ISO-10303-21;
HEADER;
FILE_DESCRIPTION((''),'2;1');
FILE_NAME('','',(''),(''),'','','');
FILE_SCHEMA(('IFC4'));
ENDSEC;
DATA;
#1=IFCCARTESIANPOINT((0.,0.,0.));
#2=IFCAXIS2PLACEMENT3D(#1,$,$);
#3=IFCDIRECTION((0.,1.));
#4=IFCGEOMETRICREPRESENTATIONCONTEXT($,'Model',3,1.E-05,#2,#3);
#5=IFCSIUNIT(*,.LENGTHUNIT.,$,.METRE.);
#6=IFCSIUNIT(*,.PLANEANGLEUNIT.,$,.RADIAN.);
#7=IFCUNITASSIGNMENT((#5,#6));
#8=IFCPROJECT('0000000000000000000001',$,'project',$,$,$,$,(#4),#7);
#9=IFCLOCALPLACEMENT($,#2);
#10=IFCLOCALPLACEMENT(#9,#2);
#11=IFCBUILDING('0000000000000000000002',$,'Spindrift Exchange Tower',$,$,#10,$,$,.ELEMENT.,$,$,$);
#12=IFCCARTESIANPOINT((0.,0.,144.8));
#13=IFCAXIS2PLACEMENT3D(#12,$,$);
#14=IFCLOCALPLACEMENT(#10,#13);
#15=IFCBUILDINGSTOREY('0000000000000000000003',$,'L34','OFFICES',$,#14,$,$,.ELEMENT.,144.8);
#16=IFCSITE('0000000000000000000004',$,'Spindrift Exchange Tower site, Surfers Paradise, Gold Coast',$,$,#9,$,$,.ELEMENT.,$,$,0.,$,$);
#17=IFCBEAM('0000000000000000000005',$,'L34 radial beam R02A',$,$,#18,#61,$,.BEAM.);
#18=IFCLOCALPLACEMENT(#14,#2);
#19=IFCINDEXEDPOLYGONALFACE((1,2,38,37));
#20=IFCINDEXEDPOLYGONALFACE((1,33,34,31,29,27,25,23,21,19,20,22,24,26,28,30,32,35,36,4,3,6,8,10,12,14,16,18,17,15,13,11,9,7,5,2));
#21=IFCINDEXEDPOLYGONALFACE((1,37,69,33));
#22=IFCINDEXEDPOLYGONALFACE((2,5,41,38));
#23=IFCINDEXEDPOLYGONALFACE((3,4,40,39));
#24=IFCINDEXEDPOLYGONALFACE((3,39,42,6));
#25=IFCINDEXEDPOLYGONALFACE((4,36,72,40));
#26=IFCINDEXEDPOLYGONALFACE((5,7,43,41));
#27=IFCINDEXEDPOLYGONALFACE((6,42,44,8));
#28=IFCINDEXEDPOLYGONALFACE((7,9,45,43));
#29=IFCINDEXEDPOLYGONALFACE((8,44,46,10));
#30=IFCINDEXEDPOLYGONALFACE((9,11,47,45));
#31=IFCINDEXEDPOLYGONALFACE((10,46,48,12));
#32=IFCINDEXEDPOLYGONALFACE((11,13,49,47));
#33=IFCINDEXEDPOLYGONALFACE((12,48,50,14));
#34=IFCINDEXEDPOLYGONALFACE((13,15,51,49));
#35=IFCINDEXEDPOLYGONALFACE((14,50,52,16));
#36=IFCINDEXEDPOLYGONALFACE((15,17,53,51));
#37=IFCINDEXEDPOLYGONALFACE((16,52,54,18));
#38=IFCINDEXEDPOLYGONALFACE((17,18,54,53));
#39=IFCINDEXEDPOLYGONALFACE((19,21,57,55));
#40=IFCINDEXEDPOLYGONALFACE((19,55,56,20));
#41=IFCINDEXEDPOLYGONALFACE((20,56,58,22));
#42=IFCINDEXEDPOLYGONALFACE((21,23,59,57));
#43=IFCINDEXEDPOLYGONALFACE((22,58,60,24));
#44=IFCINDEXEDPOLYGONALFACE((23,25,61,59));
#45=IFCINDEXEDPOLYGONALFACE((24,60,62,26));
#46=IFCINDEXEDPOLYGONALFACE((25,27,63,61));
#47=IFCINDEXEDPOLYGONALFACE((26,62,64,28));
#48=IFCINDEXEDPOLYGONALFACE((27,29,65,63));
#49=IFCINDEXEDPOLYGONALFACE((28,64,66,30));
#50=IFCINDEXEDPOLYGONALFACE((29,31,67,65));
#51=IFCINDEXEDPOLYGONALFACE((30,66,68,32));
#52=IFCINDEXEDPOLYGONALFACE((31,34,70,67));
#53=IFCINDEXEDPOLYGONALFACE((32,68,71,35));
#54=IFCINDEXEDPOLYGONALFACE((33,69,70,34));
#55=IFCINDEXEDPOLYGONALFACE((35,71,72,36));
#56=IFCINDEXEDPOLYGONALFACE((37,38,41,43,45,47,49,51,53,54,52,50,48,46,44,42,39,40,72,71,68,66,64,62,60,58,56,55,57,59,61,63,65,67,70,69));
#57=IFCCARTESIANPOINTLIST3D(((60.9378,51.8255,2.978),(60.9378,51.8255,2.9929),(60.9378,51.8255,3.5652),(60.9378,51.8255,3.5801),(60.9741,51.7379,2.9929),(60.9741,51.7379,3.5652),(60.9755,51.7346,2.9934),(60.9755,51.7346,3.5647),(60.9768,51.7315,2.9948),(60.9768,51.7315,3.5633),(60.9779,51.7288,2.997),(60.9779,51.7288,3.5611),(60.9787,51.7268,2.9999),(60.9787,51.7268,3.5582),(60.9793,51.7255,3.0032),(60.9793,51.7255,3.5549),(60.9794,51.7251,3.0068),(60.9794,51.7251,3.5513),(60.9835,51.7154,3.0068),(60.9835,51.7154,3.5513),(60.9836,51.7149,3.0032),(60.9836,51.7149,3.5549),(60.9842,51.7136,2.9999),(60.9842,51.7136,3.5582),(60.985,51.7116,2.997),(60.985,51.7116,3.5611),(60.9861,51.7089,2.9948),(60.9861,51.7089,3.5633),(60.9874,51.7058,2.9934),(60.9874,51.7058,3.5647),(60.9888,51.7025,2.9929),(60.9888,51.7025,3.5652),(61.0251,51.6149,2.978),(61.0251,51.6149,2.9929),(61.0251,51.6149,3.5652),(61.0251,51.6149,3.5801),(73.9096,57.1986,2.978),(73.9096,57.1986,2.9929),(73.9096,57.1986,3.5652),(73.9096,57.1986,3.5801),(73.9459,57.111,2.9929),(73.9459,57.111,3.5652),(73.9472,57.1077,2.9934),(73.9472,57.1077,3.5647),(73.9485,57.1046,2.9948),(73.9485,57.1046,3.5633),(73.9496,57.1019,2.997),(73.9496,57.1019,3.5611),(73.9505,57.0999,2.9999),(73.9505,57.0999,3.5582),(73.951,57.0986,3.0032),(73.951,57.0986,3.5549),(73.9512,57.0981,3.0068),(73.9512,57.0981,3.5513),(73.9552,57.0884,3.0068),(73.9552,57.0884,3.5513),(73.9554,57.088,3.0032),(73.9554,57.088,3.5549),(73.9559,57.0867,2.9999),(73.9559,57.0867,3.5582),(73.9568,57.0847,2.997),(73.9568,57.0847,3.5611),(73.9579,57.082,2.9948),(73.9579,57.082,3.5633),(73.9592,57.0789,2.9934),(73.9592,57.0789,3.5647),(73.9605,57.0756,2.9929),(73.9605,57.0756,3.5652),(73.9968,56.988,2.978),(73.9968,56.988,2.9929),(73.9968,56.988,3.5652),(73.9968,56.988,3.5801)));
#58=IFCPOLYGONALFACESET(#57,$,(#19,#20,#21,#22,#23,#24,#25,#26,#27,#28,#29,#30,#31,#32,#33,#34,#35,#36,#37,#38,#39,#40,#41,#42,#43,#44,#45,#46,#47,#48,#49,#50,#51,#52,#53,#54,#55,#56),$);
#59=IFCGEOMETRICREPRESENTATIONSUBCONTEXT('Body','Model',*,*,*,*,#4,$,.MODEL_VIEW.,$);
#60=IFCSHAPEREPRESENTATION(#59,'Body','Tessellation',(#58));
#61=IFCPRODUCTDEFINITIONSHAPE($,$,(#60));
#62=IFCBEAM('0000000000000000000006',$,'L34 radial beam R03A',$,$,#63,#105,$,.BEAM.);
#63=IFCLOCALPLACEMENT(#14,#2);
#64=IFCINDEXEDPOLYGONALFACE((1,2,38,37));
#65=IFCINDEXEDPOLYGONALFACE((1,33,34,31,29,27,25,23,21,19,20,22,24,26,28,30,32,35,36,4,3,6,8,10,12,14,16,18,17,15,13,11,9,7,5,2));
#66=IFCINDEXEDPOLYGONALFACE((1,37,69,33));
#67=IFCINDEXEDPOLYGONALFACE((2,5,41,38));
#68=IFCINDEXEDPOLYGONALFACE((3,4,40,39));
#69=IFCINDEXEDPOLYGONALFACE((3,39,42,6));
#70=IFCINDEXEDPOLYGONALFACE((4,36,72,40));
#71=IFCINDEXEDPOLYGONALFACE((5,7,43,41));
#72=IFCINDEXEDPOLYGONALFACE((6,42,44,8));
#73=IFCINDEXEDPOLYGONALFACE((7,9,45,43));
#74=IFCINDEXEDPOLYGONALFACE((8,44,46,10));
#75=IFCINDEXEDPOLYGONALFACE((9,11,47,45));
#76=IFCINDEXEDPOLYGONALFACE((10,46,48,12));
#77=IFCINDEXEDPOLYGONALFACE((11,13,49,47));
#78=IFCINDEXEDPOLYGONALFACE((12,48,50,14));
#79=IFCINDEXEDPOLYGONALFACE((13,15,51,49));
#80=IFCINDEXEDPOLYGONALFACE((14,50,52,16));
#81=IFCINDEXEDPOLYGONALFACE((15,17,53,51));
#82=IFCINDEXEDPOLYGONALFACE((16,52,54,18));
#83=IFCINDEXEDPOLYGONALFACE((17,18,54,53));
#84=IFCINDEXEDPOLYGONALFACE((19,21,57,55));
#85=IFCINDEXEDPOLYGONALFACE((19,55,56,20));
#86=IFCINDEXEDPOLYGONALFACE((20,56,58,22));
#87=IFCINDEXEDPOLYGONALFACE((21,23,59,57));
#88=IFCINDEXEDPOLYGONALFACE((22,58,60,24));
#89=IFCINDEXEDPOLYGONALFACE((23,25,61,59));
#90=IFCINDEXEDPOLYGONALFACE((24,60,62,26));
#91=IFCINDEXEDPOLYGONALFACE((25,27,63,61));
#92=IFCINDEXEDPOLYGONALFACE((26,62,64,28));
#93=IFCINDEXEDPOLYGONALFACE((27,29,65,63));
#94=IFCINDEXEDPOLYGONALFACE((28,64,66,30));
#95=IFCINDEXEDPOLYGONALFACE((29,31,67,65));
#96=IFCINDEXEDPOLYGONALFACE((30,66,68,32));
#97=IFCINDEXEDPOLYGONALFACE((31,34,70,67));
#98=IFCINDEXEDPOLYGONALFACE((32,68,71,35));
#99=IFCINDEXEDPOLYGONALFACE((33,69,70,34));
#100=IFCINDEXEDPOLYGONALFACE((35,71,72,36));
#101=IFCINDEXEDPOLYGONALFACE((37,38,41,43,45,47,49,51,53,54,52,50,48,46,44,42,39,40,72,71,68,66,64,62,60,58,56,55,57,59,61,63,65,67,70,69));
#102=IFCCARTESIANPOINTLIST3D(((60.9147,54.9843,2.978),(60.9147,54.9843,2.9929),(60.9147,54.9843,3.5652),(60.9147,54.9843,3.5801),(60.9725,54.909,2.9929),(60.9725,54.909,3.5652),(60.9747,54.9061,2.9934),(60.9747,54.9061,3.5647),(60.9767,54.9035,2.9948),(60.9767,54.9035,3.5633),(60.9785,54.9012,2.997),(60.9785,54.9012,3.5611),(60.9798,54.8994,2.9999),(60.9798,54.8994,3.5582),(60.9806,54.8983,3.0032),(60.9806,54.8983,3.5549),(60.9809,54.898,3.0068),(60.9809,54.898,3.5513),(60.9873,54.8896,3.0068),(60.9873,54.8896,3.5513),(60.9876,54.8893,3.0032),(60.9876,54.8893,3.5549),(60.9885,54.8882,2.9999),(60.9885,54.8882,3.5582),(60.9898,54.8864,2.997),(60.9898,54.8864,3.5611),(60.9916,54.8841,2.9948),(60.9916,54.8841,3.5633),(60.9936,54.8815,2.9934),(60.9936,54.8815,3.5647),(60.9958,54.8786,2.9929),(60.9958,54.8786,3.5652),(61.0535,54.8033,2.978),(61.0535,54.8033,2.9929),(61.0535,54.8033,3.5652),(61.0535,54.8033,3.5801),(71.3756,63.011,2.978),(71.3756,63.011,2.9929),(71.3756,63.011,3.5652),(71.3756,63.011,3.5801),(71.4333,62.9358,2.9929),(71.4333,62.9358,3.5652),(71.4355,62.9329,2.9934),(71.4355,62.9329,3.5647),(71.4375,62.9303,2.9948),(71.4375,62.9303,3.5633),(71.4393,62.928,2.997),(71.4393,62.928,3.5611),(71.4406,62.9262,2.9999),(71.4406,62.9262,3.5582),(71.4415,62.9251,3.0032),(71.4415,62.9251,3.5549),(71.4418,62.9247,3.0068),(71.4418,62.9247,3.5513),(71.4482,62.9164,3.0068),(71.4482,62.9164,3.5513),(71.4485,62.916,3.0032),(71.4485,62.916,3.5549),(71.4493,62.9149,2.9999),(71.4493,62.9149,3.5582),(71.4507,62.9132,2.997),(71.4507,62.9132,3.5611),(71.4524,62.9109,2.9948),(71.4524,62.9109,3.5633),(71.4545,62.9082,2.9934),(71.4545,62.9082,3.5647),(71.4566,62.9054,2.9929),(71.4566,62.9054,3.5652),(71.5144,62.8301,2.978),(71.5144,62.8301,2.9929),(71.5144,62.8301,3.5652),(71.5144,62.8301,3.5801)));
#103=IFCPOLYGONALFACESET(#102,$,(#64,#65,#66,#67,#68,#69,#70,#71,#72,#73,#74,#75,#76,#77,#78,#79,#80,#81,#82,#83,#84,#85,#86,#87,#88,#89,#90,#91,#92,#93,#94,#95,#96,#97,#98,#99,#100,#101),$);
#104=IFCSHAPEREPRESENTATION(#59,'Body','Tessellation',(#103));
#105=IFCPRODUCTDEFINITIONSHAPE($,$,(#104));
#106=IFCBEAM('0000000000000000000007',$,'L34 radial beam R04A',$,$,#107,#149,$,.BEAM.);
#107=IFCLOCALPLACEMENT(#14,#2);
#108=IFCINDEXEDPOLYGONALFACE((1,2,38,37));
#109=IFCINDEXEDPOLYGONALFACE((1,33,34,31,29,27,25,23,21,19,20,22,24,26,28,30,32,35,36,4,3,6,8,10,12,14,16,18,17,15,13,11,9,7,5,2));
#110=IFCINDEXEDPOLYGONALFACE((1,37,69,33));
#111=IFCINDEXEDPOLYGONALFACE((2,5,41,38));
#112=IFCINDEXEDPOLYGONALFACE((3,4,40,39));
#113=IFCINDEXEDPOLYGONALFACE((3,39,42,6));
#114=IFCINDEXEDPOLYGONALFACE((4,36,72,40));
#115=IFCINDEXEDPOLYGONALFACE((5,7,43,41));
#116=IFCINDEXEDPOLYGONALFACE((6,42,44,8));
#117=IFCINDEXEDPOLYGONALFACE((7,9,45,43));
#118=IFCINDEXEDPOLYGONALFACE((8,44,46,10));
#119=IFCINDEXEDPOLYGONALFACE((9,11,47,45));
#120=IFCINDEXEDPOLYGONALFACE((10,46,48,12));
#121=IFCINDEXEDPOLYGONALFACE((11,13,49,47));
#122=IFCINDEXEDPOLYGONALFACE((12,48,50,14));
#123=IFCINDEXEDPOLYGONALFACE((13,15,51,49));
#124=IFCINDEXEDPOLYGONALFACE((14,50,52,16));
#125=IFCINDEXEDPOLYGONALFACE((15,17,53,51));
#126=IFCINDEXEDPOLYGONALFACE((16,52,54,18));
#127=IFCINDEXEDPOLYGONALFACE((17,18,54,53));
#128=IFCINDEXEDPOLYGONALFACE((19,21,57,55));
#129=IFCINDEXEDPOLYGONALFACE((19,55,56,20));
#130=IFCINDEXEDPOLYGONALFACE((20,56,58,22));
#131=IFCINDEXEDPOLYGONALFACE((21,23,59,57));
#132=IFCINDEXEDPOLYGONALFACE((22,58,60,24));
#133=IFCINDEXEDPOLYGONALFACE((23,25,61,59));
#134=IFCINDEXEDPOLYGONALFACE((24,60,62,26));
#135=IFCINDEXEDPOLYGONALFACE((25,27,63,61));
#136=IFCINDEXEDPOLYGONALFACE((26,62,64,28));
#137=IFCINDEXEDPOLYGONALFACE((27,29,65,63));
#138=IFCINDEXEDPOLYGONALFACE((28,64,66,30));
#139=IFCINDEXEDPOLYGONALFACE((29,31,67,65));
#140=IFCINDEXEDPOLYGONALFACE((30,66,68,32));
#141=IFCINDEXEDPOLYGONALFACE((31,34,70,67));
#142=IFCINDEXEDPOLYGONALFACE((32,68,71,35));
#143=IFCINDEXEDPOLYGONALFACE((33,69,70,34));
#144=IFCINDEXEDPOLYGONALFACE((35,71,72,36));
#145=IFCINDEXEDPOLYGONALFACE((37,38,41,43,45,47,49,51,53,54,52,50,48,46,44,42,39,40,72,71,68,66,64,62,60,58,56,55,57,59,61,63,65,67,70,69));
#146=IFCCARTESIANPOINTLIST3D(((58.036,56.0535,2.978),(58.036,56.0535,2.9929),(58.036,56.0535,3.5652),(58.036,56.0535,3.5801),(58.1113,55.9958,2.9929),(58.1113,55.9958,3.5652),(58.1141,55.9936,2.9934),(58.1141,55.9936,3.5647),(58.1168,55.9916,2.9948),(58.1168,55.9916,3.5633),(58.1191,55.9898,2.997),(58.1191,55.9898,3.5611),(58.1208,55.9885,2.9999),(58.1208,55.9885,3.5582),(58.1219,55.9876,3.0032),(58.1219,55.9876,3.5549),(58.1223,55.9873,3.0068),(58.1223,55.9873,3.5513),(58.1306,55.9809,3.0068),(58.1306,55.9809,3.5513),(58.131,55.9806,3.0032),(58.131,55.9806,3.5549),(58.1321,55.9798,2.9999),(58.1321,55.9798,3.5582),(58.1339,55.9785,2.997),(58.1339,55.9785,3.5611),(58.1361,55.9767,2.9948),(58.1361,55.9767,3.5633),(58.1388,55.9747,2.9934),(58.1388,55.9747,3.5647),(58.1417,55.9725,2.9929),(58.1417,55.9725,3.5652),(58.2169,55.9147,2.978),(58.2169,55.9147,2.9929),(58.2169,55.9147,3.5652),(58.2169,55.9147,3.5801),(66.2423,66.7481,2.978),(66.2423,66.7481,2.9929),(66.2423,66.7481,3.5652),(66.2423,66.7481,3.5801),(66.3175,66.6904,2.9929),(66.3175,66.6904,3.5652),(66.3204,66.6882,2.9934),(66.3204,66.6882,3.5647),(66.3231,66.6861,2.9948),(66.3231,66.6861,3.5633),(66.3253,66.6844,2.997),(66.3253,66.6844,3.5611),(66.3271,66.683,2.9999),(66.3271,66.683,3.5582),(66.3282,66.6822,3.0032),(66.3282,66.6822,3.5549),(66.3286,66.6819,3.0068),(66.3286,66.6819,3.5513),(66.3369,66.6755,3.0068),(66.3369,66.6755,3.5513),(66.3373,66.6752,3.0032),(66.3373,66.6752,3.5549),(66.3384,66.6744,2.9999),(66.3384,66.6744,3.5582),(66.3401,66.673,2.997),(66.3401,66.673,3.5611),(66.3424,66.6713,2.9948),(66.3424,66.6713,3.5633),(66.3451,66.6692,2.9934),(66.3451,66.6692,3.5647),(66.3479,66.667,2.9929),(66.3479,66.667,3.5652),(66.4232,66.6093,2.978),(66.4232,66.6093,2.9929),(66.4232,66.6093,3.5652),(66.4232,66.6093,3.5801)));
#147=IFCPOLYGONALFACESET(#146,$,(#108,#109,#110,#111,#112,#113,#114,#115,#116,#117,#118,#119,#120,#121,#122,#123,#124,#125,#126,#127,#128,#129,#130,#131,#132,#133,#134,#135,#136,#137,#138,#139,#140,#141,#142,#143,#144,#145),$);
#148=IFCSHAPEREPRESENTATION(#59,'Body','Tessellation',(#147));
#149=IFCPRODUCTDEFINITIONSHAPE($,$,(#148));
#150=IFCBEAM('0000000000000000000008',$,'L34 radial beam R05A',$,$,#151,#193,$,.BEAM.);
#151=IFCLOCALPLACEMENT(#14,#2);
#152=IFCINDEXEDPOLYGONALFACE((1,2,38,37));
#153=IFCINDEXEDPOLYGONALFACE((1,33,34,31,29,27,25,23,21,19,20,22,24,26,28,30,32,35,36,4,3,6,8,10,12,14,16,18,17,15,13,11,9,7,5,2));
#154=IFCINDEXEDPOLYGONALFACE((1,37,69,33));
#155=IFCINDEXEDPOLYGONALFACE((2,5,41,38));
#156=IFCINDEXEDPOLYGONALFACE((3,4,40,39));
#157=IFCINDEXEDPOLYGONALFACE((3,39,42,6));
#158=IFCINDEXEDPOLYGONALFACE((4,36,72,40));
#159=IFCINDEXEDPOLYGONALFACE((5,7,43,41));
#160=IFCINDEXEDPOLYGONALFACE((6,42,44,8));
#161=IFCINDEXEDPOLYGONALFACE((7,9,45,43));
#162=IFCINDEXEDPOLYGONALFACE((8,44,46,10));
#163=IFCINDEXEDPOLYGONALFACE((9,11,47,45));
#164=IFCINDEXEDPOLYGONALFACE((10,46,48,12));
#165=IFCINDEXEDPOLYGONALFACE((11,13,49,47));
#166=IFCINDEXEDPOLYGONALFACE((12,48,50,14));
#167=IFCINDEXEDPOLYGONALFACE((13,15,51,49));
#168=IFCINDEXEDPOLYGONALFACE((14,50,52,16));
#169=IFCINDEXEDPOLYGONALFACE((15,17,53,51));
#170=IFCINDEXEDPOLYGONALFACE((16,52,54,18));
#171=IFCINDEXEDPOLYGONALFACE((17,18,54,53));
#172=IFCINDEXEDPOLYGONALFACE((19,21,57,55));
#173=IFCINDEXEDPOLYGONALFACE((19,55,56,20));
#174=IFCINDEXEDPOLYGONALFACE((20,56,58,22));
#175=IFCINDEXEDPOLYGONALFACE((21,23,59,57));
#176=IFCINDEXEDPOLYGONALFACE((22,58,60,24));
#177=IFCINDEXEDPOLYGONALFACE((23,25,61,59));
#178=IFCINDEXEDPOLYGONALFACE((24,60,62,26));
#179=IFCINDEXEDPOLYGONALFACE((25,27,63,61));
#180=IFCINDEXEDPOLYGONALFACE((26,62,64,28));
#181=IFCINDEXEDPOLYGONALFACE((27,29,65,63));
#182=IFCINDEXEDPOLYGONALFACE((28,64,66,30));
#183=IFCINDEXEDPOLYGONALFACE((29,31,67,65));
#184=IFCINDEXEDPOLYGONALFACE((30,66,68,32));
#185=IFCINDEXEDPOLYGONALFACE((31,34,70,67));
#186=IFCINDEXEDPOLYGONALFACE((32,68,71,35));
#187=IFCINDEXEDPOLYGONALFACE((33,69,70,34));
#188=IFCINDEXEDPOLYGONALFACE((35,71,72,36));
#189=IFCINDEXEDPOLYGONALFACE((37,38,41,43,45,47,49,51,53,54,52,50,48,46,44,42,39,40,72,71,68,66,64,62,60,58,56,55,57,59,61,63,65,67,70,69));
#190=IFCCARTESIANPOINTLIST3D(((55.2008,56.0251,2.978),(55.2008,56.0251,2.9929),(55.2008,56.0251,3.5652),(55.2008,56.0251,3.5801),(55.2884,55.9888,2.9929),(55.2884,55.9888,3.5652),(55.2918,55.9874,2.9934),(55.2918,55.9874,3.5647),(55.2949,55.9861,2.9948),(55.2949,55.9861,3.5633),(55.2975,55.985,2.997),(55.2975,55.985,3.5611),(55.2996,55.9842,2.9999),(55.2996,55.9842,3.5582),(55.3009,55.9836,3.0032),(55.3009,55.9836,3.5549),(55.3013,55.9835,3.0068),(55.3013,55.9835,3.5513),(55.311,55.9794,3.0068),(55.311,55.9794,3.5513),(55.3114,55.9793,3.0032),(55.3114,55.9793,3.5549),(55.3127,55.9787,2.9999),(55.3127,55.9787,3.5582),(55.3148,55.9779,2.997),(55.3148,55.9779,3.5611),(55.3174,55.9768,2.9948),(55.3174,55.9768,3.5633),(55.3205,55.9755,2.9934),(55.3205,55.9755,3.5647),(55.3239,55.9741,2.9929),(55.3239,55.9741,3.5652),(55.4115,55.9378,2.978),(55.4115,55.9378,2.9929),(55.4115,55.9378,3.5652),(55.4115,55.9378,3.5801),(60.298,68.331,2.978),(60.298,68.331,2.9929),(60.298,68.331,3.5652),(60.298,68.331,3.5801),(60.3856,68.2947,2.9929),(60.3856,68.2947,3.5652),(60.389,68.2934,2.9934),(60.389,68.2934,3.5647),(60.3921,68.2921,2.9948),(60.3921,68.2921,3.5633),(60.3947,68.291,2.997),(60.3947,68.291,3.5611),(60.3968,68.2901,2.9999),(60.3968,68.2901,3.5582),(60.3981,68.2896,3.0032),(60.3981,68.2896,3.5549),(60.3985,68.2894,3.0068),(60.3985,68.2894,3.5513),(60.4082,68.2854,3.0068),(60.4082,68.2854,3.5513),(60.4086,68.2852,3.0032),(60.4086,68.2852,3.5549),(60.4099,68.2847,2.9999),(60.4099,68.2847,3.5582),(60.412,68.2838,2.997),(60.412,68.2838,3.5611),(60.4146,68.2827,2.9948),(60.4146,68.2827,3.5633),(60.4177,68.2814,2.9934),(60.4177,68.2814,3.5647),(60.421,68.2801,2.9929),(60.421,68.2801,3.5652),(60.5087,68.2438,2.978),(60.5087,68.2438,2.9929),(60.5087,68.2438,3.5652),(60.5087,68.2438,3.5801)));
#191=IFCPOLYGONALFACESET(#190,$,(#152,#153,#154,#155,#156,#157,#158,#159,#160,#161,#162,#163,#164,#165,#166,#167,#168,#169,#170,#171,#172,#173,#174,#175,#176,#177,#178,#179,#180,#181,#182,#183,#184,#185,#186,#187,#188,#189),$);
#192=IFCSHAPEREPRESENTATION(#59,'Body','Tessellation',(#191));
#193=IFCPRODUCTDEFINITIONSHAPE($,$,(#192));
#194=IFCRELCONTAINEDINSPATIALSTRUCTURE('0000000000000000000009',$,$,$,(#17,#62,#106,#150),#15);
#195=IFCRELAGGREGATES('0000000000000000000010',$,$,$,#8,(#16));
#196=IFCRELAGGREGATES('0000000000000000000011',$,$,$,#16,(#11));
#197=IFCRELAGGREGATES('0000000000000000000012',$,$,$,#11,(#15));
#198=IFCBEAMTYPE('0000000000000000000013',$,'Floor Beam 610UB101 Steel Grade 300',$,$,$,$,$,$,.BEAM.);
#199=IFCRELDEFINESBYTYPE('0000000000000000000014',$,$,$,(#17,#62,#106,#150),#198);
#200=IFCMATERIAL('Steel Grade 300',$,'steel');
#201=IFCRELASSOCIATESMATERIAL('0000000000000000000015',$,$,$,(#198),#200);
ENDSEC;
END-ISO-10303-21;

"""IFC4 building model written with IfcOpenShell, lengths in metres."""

from ifc_helpers import new_model, si_unit, direction, frame, origin, origin_2d, place, context, subcontext, project, spatial, i_section, extrude, source, transform, mapped, material, material_profile, profile_set, type_object, element, save


model = new_model("IFC4")

# Units and contexts
model_context = context("Model", 3, precision=1e-05, world=origin(), true_north=direction((0.0, 1.0)))
body_context = subcontext(model_context, "Body", "Model", "MODEL_VIEW")
ifc_project = project(units=[si_unit("LENGTHUNIT", "METRE"), si_unit("PLANEANGLEUNIT", "RADIAN")], contexts=[model_context])

# Site, building, storey
site_placement = place(None, origin())
site = spatial("IfcSite", under=ifc_project, at=site_placement, Name="Spindrift Exchange Tower site, Surfers Paradise, Gold Coast", CompositionType="ELEMENT", RefElevation=0.0)
building_placement = place(site_placement, origin())
building = spatial("IfcBuilding", under=site, at=building_placement, Name="Spindrift Exchange Tower", CompositionType="ELEMENT")
storey_placement = place(building_placement, frame((0.0, 0.0, 144.8)))
storey = spatial("IfcBuildingStorey", under=building, at=storey_placement, Name="L34", Description="OFFICES", CompositionType="ELEMENT", Elevation=144.8)

# Beams
ifc_material_1 = material(Name="Steel Grade 300", Category="steel")
ifc_material_profile = material_profile(ifc_material_1, i_section(OverallWidth=0.228, OverallDepth=0.6021, WebThickness=0.0105, FlangeThickness=0.0149, FilletRadius=0.0139, at=origin_2d()), Name="610UB101")
ifc_profile_set = profile_set([ifc_material_profile], Name="Steel Grade 300")
beam_type = type_object("IfcBeamType", Name="Floor Beam 610UB101 Steel Grade 300", PredefinedType="BEAM", material=ifc_profile_set)
shared_shape_1 = source(origin(), body_context, "Body", "SweptSolid", [
    extrude(i_section(OverallWidth=0.228, OverallDepth=0.6021, WebThickness=0.0105, FlangeThickness=0.0149, FilletRadius=0.0139, at=origin_2d()), origin(), (0.0, 0.0, 1.0), 14.0405),
])
beam_1_placement = place(storey_placement, frame((60.9814, 51.7202, 3.2791), z_axis=(0.92388, 0.382684, 0.0), x_axis=(-0.382684, 0.92388, 0.0)))
element("IfcBeam", 1, at=beam_1_placement, inside=storey, type_object=beam_type, Name="L34 radial beam R02A", PredefinedType="BEAM", context=body_context, shape_type="MappedRepresentation", body=[
    mapped(shared_shape_1, transform((0.0, 0.0, 0.0), scale=1.0)),
])
shared_shape_2 = source(origin(), body_context, "Body", "SweptSolid", [
    extrude(i_section(OverallWidth=0.228, OverallDepth=0.6021, WebThickness=0.0105, FlangeThickness=0.0149, FilletRadius=0.0139, at=origin_2d()), origin(), (0.0, 0.0, 1.0), 13.1855),
])
beam_2_placement = place(storey_placement, frame((60.9841, 54.8938, 3.2791), z_axis=(0.793357, 0.608756, 0.0), x_axis=(-0.608756, 0.793357, 0.0)))
element("IfcBeam", 2, at=beam_2_placement, inside=storey, type_object=beam_type, Name="L34 radial beam R03A", PredefinedType="BEAM", context=body_context, shape_type="MappedRepresentation", body=[
    mapped(shared_shape_2, transform((0.0, 0.0, 0.0), scale=1.0)),
])
shared_shape_3 = source(origin(), body_context, "Body", "SweptSolid", [
    extrude(i_section(OverallWidth=0.228, OverallDepth=0.6021, WebThickness=0.0105, FlangeThickness=0.0149, FilletRadius=0.0139, at=origin_2d()), origin(), (0.0, 0.0, 1.0), 13.4802),
])
beam_3_placement = place(storey_placement, frame((58.1265, 55.9841, 3.2791), z_axis=(0.608764, 0.793351, 0.0), x_axis=(-0.793351, 0.608764, 0.0)))
element("IfcBeam", 3, at=beam_3_placement, inside=storey, type_object=beam_type, Name="L34 radial beam R04A", PredefinedType="BEAM", context=body_context, shape_type="MappedRepresentation", body=[
    mapped(shared_shape_3, transform((0.0, 0.0, 0.0), scale=1.0)),
])
shared_shape_4 = source(origin(), body_context, "Body", "SweptSolid", [
    extrude(i_section(OverallWidth=0.228, OverallDepth=0.6021, WebThickness=0.0105, FlangeThickness=0.0149, FilletRadius=0.0139, at=origin_2d()), origin(), (0.0, 0.0, 1.0), 13.3198),
])
beam_4_placement = place(storey_placement, frame((55.3062, 55.9814, 3.2791), z_axis=(0.382677, 0.923882, 0.0), x_axis=(-0.923882, 0.382677, 0.0)))
element("IfcBeam", 4, at=beam_4_placement, inside=storey, type_object=beam_type, Name="L34 radial beam R05A", PredefinedType="BEAM", context=body_context, shape_type="MappedRepresentation", body=[
    mapped(shared_shape_4, transform((0.0, 0.0, 0.0), scale=1.0)),
])

save(model, "model.ifc")
